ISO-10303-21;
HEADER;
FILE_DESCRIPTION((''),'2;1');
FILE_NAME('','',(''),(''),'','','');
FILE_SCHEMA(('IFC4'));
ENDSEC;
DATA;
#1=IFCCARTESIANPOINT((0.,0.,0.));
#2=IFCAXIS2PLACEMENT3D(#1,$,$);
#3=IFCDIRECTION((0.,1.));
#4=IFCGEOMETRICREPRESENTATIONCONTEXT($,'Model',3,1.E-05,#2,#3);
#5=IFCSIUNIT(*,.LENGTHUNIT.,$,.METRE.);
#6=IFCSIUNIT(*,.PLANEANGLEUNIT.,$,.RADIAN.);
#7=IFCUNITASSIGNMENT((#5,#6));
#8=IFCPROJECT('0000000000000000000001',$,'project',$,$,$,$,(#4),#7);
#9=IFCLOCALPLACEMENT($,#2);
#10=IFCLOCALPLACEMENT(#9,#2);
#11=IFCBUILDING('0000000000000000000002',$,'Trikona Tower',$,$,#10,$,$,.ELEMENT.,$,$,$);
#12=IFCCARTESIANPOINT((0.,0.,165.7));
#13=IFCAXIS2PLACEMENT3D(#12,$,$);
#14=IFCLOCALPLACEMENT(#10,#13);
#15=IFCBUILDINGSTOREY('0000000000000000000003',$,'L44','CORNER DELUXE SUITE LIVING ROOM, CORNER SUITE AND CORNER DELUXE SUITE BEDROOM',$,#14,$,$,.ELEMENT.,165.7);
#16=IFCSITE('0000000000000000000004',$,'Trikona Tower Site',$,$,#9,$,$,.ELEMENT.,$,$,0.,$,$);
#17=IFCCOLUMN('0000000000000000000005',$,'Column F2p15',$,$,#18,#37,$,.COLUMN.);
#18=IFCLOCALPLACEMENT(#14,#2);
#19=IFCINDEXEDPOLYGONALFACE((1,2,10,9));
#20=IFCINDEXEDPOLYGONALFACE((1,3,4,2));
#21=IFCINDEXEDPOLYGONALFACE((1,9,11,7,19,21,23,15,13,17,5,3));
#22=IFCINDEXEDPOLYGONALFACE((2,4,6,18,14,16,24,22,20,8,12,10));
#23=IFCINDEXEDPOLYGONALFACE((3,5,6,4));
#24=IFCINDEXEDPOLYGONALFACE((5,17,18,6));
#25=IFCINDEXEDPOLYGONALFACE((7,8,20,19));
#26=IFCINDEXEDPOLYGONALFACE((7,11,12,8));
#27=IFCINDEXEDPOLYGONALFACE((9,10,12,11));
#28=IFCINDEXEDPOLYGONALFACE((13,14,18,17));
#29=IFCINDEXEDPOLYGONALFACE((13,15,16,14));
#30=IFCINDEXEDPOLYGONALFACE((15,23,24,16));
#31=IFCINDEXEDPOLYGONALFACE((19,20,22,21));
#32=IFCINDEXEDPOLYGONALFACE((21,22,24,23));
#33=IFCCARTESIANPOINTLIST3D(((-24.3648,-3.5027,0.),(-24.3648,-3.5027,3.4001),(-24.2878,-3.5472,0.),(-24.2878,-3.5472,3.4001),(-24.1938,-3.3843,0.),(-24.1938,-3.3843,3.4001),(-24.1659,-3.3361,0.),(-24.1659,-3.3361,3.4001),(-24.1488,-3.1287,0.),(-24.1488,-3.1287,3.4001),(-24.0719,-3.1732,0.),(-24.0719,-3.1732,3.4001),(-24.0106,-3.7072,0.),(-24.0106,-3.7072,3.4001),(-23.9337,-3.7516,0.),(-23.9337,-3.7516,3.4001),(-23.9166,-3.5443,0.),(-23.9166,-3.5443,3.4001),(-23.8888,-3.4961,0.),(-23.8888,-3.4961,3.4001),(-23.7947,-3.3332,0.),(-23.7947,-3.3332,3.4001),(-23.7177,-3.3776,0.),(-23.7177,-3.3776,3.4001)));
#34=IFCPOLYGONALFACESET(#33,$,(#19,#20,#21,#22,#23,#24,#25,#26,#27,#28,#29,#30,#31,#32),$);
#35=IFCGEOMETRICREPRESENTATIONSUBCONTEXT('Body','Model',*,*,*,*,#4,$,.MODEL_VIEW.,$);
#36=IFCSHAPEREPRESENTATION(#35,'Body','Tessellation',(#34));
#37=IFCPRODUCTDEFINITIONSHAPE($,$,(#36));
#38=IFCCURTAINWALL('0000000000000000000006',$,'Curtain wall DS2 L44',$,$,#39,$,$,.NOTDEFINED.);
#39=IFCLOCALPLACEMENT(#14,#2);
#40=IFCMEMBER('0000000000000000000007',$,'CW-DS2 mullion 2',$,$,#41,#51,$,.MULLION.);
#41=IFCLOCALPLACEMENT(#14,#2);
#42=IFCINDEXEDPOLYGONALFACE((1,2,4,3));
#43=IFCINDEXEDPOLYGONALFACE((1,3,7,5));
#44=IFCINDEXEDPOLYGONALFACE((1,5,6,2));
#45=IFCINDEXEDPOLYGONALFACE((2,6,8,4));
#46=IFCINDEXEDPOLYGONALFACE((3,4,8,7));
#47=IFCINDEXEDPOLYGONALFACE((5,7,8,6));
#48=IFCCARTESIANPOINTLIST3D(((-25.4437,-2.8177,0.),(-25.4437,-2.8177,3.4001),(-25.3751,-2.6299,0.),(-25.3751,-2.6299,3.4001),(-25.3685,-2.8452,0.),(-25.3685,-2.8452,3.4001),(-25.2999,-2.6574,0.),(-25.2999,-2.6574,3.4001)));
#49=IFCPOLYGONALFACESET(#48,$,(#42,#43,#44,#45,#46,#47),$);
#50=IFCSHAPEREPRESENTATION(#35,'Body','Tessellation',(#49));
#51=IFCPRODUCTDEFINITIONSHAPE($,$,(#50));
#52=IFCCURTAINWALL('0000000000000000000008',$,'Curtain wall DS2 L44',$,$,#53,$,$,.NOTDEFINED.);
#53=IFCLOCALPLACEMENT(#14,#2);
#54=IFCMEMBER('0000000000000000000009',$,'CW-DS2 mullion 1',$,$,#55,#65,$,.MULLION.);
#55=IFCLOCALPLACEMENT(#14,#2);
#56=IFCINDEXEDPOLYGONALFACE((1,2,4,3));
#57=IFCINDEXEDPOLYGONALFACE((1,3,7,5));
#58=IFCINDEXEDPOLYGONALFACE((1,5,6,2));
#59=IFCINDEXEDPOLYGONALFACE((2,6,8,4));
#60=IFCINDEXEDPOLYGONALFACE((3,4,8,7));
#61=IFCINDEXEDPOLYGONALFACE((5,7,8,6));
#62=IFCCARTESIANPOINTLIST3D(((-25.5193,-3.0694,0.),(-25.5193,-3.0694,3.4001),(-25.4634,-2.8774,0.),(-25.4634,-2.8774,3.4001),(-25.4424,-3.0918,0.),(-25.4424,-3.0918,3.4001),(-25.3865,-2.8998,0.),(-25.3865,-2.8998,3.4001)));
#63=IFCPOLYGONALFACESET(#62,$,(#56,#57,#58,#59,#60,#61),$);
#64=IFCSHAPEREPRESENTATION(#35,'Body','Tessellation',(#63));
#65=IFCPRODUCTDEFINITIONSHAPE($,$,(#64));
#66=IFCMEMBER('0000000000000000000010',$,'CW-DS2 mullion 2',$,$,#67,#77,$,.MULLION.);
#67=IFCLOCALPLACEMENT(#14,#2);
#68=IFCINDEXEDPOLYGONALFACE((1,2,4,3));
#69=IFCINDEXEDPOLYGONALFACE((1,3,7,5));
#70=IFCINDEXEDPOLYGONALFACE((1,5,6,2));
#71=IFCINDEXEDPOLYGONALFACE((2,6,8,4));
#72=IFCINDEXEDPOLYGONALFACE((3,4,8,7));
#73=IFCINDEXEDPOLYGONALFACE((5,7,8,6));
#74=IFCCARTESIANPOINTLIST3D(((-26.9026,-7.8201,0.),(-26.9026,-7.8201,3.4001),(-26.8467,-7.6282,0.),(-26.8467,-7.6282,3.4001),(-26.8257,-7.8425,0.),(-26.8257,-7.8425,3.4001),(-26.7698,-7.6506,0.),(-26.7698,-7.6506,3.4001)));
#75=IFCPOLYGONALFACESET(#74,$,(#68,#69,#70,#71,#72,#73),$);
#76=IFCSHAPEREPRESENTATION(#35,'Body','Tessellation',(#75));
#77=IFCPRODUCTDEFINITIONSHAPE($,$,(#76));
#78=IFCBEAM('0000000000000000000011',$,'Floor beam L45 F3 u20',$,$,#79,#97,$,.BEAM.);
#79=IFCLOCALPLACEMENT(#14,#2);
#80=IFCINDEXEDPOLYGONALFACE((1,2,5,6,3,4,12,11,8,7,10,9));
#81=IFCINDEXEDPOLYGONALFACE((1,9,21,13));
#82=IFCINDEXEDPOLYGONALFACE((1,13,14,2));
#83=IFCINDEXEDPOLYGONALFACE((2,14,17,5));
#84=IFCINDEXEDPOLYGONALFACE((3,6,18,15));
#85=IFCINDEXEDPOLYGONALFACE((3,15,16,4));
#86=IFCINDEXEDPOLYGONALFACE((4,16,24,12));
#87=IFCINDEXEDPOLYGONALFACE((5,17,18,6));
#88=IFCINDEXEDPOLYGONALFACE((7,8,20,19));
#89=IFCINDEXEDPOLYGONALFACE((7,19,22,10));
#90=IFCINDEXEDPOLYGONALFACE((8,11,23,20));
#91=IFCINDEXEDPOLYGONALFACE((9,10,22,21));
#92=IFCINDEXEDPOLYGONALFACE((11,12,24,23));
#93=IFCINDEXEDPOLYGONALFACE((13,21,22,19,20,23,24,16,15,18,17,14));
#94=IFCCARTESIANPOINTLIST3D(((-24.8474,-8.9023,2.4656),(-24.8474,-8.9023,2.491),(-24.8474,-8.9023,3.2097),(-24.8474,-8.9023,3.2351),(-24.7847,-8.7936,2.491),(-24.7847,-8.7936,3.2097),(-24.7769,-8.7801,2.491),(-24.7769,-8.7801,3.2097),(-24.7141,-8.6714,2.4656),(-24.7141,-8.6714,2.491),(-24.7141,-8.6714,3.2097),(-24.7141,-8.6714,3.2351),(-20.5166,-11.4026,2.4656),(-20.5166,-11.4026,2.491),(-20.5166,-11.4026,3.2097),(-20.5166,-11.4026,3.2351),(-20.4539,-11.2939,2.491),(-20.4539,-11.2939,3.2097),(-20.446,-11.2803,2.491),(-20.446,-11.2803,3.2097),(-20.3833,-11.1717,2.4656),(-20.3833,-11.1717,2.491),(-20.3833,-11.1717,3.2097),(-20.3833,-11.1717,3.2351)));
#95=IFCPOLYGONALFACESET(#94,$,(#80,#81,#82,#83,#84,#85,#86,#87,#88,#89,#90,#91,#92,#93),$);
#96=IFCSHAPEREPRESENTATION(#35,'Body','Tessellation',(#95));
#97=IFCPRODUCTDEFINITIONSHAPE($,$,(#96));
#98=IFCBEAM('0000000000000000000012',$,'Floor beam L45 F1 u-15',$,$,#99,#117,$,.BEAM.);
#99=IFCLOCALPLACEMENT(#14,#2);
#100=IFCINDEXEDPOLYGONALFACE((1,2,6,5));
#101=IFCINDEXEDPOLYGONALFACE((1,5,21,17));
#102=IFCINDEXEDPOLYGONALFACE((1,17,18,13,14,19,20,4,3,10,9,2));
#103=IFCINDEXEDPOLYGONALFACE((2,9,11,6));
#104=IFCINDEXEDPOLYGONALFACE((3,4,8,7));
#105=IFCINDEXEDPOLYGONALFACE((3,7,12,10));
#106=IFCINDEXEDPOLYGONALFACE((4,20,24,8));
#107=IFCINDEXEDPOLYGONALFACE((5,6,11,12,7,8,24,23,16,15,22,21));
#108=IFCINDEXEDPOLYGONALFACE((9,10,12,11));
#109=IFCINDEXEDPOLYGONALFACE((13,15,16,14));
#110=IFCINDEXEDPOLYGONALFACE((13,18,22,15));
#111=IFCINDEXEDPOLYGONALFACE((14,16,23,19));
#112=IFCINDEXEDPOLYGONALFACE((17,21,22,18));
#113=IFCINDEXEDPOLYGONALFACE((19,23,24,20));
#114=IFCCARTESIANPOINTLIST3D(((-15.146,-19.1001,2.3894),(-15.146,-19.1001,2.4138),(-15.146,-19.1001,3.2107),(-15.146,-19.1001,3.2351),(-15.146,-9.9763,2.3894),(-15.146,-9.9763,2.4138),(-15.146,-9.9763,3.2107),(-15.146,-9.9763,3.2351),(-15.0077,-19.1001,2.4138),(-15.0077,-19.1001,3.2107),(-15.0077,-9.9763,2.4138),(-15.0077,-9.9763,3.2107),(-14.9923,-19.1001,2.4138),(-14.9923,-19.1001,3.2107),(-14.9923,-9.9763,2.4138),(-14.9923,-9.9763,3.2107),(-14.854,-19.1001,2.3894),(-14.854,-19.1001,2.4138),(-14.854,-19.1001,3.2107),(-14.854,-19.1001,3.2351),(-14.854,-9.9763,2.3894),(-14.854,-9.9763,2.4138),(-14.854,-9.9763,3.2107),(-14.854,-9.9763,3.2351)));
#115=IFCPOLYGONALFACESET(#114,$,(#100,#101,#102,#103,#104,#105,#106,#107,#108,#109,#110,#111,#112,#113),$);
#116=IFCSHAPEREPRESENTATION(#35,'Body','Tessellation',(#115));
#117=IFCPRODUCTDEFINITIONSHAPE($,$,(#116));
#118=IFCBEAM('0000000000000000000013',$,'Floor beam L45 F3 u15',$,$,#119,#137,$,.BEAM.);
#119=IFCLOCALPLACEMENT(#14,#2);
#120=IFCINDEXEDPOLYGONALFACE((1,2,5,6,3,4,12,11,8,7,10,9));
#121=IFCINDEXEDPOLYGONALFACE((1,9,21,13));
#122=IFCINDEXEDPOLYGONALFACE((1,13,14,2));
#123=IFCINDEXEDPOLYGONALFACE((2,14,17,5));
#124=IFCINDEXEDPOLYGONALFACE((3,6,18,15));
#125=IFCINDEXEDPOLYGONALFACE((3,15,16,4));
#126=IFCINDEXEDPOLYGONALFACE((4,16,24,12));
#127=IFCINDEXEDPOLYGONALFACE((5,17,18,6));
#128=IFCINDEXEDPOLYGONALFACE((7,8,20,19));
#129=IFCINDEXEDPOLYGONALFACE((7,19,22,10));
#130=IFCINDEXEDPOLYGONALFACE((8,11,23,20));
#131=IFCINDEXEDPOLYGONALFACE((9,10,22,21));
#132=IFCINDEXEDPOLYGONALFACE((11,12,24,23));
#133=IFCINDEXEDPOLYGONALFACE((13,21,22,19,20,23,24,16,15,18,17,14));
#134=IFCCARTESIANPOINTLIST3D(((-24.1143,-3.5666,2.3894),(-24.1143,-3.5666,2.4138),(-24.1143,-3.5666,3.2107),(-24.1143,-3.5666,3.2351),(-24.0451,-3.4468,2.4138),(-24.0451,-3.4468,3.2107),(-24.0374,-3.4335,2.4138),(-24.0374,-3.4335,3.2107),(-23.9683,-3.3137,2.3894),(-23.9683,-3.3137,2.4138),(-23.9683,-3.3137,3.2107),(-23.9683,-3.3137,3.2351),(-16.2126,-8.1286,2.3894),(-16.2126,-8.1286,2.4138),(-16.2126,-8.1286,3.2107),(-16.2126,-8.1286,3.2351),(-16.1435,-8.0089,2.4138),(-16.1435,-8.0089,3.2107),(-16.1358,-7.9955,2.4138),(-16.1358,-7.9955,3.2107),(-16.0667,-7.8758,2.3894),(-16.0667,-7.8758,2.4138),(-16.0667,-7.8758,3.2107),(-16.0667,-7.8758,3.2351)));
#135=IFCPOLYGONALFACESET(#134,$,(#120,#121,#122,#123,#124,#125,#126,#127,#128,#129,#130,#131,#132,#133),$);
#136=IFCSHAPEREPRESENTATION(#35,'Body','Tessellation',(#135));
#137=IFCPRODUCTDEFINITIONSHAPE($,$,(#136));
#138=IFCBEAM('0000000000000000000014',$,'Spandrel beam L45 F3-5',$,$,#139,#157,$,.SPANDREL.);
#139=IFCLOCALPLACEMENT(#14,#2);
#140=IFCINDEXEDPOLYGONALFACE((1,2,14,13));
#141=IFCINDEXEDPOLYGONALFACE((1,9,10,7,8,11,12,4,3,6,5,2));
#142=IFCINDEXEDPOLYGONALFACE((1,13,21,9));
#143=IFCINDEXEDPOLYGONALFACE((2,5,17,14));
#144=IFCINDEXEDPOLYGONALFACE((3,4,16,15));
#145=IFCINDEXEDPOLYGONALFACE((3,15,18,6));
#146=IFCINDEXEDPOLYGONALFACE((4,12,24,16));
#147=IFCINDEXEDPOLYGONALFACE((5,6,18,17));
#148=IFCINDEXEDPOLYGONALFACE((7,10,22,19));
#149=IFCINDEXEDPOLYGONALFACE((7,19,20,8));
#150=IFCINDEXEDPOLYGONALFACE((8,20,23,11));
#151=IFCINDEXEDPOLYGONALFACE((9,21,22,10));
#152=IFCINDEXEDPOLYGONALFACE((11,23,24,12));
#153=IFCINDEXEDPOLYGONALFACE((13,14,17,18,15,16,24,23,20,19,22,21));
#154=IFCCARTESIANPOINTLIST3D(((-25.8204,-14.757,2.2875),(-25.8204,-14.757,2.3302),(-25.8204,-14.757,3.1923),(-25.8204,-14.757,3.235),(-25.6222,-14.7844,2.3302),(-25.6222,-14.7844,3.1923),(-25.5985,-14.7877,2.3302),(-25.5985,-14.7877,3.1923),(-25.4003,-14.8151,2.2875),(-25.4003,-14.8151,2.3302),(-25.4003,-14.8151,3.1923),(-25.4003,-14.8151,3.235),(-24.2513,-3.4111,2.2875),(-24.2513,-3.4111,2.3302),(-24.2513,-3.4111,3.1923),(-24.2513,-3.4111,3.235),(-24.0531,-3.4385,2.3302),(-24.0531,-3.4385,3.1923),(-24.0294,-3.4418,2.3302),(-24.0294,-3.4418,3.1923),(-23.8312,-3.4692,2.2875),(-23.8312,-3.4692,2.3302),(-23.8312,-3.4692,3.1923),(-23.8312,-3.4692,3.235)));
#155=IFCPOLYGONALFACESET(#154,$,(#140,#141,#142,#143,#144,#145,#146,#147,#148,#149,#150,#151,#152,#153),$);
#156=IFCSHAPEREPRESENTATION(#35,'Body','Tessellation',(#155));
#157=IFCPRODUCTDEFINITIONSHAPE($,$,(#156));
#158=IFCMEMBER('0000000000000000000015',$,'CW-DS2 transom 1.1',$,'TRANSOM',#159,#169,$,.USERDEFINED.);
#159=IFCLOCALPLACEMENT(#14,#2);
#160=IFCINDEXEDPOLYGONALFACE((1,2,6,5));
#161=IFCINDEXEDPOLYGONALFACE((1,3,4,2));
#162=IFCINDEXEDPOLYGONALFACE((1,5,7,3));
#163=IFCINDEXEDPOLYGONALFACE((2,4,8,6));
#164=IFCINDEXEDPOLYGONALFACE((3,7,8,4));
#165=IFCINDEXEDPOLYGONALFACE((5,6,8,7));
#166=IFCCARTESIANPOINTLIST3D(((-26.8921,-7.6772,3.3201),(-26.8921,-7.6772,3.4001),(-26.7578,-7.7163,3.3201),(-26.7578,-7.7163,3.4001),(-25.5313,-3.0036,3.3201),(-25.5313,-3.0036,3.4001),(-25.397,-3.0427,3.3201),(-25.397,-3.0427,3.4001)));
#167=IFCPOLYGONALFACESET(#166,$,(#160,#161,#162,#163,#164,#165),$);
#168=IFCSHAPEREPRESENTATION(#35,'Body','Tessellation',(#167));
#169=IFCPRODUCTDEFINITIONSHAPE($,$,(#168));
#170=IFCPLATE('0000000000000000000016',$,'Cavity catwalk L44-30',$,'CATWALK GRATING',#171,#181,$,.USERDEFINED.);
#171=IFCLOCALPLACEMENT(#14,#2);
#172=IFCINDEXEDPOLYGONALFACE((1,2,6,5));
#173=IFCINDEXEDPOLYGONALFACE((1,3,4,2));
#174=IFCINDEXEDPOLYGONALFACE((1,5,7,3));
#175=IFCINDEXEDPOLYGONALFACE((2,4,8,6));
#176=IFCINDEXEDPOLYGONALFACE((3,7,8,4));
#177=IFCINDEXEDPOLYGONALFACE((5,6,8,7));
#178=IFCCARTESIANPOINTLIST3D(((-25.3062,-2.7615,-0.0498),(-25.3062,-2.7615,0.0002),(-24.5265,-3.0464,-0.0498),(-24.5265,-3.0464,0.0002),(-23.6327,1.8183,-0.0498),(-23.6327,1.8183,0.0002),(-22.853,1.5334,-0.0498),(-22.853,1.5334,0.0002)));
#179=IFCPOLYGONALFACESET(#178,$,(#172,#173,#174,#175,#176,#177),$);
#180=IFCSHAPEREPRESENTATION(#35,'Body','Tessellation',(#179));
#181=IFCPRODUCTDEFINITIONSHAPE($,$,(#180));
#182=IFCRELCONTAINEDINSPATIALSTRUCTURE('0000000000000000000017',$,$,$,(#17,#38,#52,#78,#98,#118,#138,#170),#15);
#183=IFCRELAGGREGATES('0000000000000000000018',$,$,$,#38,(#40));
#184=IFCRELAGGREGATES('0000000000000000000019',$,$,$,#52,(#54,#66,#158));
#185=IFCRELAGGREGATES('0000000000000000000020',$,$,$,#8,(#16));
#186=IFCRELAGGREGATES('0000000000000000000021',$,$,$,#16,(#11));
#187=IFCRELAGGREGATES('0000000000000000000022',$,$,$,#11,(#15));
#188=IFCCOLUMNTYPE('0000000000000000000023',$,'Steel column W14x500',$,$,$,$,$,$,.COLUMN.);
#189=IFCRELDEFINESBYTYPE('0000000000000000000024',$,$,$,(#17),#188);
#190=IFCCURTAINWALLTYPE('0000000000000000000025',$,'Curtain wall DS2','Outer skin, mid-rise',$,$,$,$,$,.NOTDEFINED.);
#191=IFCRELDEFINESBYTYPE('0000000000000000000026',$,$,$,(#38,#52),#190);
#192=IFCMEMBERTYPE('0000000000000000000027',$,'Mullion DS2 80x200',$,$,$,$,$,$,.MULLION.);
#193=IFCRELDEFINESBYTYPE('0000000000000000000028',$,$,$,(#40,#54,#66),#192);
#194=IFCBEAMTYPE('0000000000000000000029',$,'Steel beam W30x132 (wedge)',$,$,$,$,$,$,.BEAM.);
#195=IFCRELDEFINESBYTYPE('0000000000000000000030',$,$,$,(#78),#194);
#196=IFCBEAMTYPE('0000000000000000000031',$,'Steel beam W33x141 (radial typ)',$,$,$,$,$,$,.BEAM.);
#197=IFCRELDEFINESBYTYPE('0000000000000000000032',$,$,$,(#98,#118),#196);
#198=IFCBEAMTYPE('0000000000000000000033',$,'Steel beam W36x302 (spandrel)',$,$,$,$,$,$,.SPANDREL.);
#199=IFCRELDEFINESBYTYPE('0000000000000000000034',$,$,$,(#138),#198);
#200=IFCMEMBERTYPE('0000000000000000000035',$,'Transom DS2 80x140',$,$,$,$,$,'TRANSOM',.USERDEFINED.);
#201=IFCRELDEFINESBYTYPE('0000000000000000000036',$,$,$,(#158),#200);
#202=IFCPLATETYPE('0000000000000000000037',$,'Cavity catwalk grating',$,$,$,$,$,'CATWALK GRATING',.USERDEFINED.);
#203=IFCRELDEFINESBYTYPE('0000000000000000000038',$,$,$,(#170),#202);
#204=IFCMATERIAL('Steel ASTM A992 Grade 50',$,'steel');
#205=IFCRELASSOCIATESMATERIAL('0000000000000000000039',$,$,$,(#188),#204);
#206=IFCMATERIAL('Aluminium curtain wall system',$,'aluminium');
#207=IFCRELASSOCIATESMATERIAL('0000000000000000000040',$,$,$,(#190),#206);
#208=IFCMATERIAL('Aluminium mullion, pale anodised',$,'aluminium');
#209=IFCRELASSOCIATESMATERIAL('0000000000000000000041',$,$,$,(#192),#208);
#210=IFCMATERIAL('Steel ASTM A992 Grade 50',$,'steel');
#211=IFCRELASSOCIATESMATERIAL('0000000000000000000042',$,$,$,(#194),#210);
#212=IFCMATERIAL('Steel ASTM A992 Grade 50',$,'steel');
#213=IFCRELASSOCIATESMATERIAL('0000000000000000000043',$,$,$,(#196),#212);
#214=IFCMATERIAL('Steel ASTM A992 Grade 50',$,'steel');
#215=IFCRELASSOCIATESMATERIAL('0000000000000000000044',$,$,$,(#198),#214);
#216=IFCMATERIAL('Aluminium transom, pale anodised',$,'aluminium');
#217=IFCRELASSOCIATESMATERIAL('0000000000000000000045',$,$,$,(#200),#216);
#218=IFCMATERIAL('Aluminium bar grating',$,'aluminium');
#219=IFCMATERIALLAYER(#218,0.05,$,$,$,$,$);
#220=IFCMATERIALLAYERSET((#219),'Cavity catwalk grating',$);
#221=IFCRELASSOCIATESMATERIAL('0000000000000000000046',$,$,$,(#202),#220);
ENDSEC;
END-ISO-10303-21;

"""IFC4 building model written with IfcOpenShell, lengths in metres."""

from ifc_helpers import new_model, si_unit, direction, frame, origin, origin_2d, place, context, subcontext, project, spatial, rectangle, i_section, extrude, material, layer, layer_set, material_profile, profile_set, type_object, element, aggregate, save


model = new_model("IFC4")

# Units and contexts
model_context = context("Model", 3, precision=1e-05, world=origin(), true_north=direction((0.0, 1.0)))
body_context = subcontext(model_context, "Body", "Model", "MODEL_VIEW")
ifc_project = project(units=[si_unit("LENGTHUNIT", "METRE"), si_unit("PLANEANGLEUNIT", "RADIAN")], contexts=[model_context])

# Site, building, storey
site_placement = place(None, origin())
site = spatial("IfcSite", under=ifc_project, at=site_placement, Name="Trikona Tower Site", CompositionType="ELEMENT", RefElevation=0.0)
building_placement = place(site_placement, origin())
building = spatial("IfcBuilding", under=site, at=building_placement, Name="Trikona Tower", CompositionType="ELEMENT")
storey_placement = place(building_placement, frame((0.0, 0.0, 165.7)))
storey = spatial("IfcBuildingStorey", under=building, at=storey_placement, Name="L44", Description="CORNER DELUXE SUITE LIVING ROOM, CORNER SUITE AND CORNER DELUXE SUITE BEDROOM", CompositionType="ELEMENT", Elevation=165.7)

# Column
ifc_material_1 = material(Name="Steel ASTM A992 Grade 50", Category="steel")
ifc_material_profile_1 = material_profile(ifc_material_1, i_section(OverallWidth=0.4319, OverallDepth=0.4978, WebThickness=0.0557, FlangeThickness=0.0889, at=origin_2d()), Name="W14X500")
ifc_profile_set_1 = profile_set([ifc_material_profile_1], Name="Steel ASTM A992 Grade 50")
column_type = type_object("IfcColumnType", Name="Steel column W14x500", PredefinedType="COLUMN", material=ifc_profile_set_1)
column_placement = place(storey_placement, frame((-24.0413, -3.4402, 0.0), z_axis=(0.0, 0.0, 1.0), x_axis=(-0.5, -0.866025, 0.0)))
element("IfcColumn", 1, at=column_placement, inside=storey, type_object=column_type, Name="Column F2p15", PredefinedType="COLUMN", context=body_context, shape_type="SweptSolid", body=[
    extrude(i_section(OverallWidth=0.4319, OverallDepth=0.4978, WebThickness=0.0557, FlangeThickness=0.0889, at=origin_2d()), origin(), (0.0, 0.0, 1.0), 3.4001),
])

# Curtain wall, member
ifc_material_2 = material(Name="Aluminium curtain wall system", Category="aluminium")
curtain_wall_type = type_object("IfcCurtainWallType", Name="Curtain wall DS2", Description="Outer skin, mid-rise", PredefinedType="NOTDEFINED", material=ifc_material_2)
curtain_wall_1_placement = place(storey_placement, origin())
curtain_wall_1 = element("IfcCurtainWall", 2, at=curtain_wall_1_placement, inside=storey, type_object=curtain_wall_type, Name="Curtain wall DS2 L44", PredefinedType="NOTDEFINED")
ifc_material_3 = material(Name="Aluminium mullion, pale anodised", Category="aluminium")
ifc_material_profile_2 = material_profile(ifc_material_3, rectangle(XDim=0.0801, YDim=0.2, at=origin_2d()), Name="MUL-DS2")
ifc_profile_set_2 = profile_set([ifc_material_profile_2], Name="Aluminium mullion, pale anodised")
member_type_1 = type_object("IfcMemberType", Name="Mullion DS2 80x200", PredefinedType="MULLION", material=ifc_profile_set_2)
member_1_placement = place(storey_placement, frame((-25.3718, -2.7375, 0.0), z_axis=(0.0, 0.0, 1.0), x_axis=(0.939254, -0.343223, 0.0)))
member_1 = element("IfcMember", 3, at=member_1_placement, type_object=member_type_1, Name="CW-DS2 mullion 2", PredefinedType="MULLION", context=body_context, shape_type="SweptSolid", body=[
    extrude(rectangle(XDim=0.0801, YDim=0.2, at=origin_2d()), origin(), (0.0, 0.0, 1.0), 3.4001),
])
aggregate(curtain_wall_1, [member_1])

# Curtain wall, members
curtain_wall_2_placement = place(storey_placement, origin())
curtain_wall_2 = element("IfcCurtainWall", 4, at=curtain_wall_2_placement, inside=storey, type_object=curtain_wall_type, Name="Curtain wall DS2 L44", PredefinedType="NOTDEFINED")
member_2_placement = place(storey_placement, frame((-25.4529, -2.9846, 0.0), z_axis=(0.0, 0.0, 1.0), x_axis=(0.960133, -0.279543, 0.0)))
member_2 = element("IfcMember", 5, at=member_2_placement, type_object=member_type_1, Name="CW-DS2 mullion 1", PredefinedType="MULLION", context=body_context, shape_type="SweptSolid", body=[
    extrude(rectangle(XDim=0.0801, YDim=0.2, at=origin_2d()), origin(), (0.0, 0.0, 1.0), 3.4001),
])
member_3_placement = place(storey_placement, frame((-26.8362, -7.7354, 0.0), z_axis=(0.0, 0.0, 1.0), x_axis=(0.960133, -0.279543, 0.0)))
member_3 = element("IfcMember", 6, at=member_3_placement, type_object=member_type_1, Name="CW-DS2 mullion 2", PredefinedType="MULLION", context=body_context, shape_type="SweptSolid", body=[
    extrude(rectangle(XDim=0.0801, YDim=0.2, at=origin_2d()), origin(), (0.0, 0.0, 1.0), 3.4001),
])

# Beams
ifc_material_4 = material(Name="Steel ASTM A992 Grade 50", Category="steel")
ifc_material_profile_3 = material_profile(ifc_material_4, i_section(OverallWidth=0.2666, OverallDepth=0.7695, WebThickness=0.0156, FlangeThickness=0.0254, at=origin_2d()), Name="W30X132")
ifc_profile_set_3 = profile_set([ifc_material_profile_3], Name="Steel ASTM A992 Grade 50")
beam_type_1 = type_object("IfcBeamType", Name="Steel beam W30x132 (wedge)", PredefinedType="BEAM", material=ifc_profile_set_3)
beam_1_placement = place(storey_placement, frame((-20.45, -11.2871, 2.8503), z_axis=(-0.866038, 0.499977, 0.0), x_axis=(-0.499977, -0.866038, 0.0)))
element("IfcBeam", 7, at=beam_1_placement, inside=storey, type_object=beam_type_1, Name="Floor beam L45 F3 u20", PredefinedType="BEAM", context=body_context, shape_type="SweptSolid", body=[
    extrude(i_section(OverallWidth=0.2666, OverallDepth=0.7695, WebThickness=0.0156, FlangeThickness=0.0254, at=origin_2d()), origin(), (0.0, 0.0, 1.0), 5.0007),
])
ifc_material_5 = material(Name="Steel ASTM A992 Grade 50", Category="steel")
ifc_material_profile_4 = material_profile(ifc_material_5, i_section(OverallWidth=0.292, OverallDepth=0.8457, WebThickness=0.0154, FlangeThickness=0.0244, at=origin_2d()), Name="W33X141")
ifc_profile_set_4 = profile_set([ifc_material_profile_4], Name="Steel ASTM A992 Grade 50")
beam_type_2 = type_object("IfcBeamType", Name="Steel beam W33x141 (radial typ)", PredefinedType="BEAM", material=ifc_profile_set_4)
beam_2_placement = place(storey_placement, frame((-15.0, -9.9763, 2.8123), z_axis=(0.0, -1.0, 0.0), x_axis=(1.0, 0.0, 0.0)))
element("IfcBeam", 8, at=beam_2_placement, inside=storey, type_object=beam_type_2, Name="Floor beam L45 F1 u-15", PredefinedType="BEAM", context=body_context, shape_type="SweptSolid", body=[
    extrude(i_section(OverallWidth=0.292, OverallDepth=0.8457, WebThickness=0.0154, FlangeThickness=0.0244, at=origin_2d()), origin(), (0.0, 0.0, 1.0), 9.1238),
])
beam_3_placement = place(storey_placement, frame((-16.1396, -8.0022, 2.8123), z_axis=(-0.866025, 0.500001, 0.0), x_axis=(-0.500001, -0.866025, 0.0)))
element("IfcBeam", 9, at=beam_3_placement, inside=storey, type_object=beam_type_2, Name="Floor beam L45 F3 u15", PredefinedType="BEAM", context=body_context, shape_type="SweptSolid", body=[
    extrude(i_section(OverallWidth=0.292, OverallDepth=0.8457, WebThickness=0.0154, FlangeThickness=0.0244, at=origin_2d()), origin(), (0.0, 0.0, 1.0), 9.124),
])
ifc_material_6 = material(Name="Steel ASTM A992 Grade 50", Category="steel")
ifc_material_profile_5 = material_profile(ifc_material_6, i_section(OverallWidth=0.4241, OverallDepth=0.9475, WebThickness=0.0239, FlangeThickness=0.0427, at=origin_2d()), Name="W36X302")
ifc_profile_set_5 = profile_set([ifc_material_profile_5], Name="Steel ASTM A992 Grade 50")
beam_type_3 = type_object("IfcBeamType", Name="Steel beam W36x302 (spandrel)", PredefinedType="SPANDREL", material=ifc_profile_set_5)
beam_4_placement = place(storey_placement, frame((-24.0413, -3.4402, 2.7612), z_axis=(-0.136992, -0.990572, 0.0), x_axis=(0.990572, -0.136992, 0.0)))
element("IfcBeam", 10, at=beam_4_placement, inside=storey, type_object=beam_type_3, Name="Spandrel beam L45 F3-5", PredefinedType="SPANDREL", context=body_context, shape_type="SweptSolid", body=[
    extrude(i_section(OverallWidth=0.4241, OverallDepth=0.9475, WebThickness=0.0239, FlangeThickness=0.0427, at=origin_2d()), origin(), (0.0, 0.0, 1.0), 11.4539),
])

# Member
ifc_material_7 = material(Name="Aluminium transom, pale anodised", Category="aluminium")
ifc_material_profile_6 = material_profile(ifc_material_7, rectangle(XDim=0.1399, YDim=0.0801, at=origin_2d()), Name="TRN-DS2")
ifc_profile_set_6 = profile_set([ifc_material_profile_6], Name="Aluminium transom, pale anodised")
member_type_2 = type_object("IfcMemberType", Name="Transom DS2 80x140", ElementType="TRANSOM", PredefinedType="USERDEFINED", material=ifc_profile_set_6)
member_4_placement = place(storey_placement, frame((-25.4641, -3.0232, 3.3601), z_axis=(-0.279567, -0.960126, 0.0), x_axis=(0.960126, -0.279567, 0.0)))
member_4 = element("IfcMember", 11, at=member_4_placement, type_object=member_type_2, Name="CW-DS2 transom 1.1", ObjectType="TRANSOM", PredefinedType="USERDEFINED", context=body_context, shape_type="SweptSolid", body=[
    extrude(rectangle(XDim=0.1399, YDim=0.0801, at=origin_2d()), origin(), (0.0, 0.0, 1.0), 4.8677),
])

# Plate
ifc_material_8 = material(Name="Aluminium bar grating", Category="aluminium")
ifc_layer_1 = layer(ifc_material_8, 0.05)
ifc_layer_set_1 = layer_set([ifc_layer_1], Name="Cavity catwalk grating")
plate_type_1 = type_object("IfcPlateType", Name="Cavity catwalk grating", ElementType="CATWALK GRATING", PredefinedType="USERDEFINED", material=ifc_layer_set_1)
plate_1_placement = place(storey_placement, frame((-24.0796, -0.614, -0.0498), z_axis=(0.0, 0.0, 1.0), x_axis=(-0.34322, -0.939255, 0.0)))
element("IfcPlate", 12, at=plate_1_placement, inside=storey, type_object=plate_type_1, Name="Cavity catwalk L44-30", ObjectType="CATWALK GRATING", PredefinedType="USERDEFINED", context=body_context, shape_type="SweptSolid", body=[
    extrude(rectangle(XDim=4.876, YDim=0.8301, at=origin_2d()), origin(), (0.0, 0.0, 1.0), 0.05),
])

aggregate(curtain_wall_2, [member_2, member_3, member_4])

save(model, "model.ifc")
